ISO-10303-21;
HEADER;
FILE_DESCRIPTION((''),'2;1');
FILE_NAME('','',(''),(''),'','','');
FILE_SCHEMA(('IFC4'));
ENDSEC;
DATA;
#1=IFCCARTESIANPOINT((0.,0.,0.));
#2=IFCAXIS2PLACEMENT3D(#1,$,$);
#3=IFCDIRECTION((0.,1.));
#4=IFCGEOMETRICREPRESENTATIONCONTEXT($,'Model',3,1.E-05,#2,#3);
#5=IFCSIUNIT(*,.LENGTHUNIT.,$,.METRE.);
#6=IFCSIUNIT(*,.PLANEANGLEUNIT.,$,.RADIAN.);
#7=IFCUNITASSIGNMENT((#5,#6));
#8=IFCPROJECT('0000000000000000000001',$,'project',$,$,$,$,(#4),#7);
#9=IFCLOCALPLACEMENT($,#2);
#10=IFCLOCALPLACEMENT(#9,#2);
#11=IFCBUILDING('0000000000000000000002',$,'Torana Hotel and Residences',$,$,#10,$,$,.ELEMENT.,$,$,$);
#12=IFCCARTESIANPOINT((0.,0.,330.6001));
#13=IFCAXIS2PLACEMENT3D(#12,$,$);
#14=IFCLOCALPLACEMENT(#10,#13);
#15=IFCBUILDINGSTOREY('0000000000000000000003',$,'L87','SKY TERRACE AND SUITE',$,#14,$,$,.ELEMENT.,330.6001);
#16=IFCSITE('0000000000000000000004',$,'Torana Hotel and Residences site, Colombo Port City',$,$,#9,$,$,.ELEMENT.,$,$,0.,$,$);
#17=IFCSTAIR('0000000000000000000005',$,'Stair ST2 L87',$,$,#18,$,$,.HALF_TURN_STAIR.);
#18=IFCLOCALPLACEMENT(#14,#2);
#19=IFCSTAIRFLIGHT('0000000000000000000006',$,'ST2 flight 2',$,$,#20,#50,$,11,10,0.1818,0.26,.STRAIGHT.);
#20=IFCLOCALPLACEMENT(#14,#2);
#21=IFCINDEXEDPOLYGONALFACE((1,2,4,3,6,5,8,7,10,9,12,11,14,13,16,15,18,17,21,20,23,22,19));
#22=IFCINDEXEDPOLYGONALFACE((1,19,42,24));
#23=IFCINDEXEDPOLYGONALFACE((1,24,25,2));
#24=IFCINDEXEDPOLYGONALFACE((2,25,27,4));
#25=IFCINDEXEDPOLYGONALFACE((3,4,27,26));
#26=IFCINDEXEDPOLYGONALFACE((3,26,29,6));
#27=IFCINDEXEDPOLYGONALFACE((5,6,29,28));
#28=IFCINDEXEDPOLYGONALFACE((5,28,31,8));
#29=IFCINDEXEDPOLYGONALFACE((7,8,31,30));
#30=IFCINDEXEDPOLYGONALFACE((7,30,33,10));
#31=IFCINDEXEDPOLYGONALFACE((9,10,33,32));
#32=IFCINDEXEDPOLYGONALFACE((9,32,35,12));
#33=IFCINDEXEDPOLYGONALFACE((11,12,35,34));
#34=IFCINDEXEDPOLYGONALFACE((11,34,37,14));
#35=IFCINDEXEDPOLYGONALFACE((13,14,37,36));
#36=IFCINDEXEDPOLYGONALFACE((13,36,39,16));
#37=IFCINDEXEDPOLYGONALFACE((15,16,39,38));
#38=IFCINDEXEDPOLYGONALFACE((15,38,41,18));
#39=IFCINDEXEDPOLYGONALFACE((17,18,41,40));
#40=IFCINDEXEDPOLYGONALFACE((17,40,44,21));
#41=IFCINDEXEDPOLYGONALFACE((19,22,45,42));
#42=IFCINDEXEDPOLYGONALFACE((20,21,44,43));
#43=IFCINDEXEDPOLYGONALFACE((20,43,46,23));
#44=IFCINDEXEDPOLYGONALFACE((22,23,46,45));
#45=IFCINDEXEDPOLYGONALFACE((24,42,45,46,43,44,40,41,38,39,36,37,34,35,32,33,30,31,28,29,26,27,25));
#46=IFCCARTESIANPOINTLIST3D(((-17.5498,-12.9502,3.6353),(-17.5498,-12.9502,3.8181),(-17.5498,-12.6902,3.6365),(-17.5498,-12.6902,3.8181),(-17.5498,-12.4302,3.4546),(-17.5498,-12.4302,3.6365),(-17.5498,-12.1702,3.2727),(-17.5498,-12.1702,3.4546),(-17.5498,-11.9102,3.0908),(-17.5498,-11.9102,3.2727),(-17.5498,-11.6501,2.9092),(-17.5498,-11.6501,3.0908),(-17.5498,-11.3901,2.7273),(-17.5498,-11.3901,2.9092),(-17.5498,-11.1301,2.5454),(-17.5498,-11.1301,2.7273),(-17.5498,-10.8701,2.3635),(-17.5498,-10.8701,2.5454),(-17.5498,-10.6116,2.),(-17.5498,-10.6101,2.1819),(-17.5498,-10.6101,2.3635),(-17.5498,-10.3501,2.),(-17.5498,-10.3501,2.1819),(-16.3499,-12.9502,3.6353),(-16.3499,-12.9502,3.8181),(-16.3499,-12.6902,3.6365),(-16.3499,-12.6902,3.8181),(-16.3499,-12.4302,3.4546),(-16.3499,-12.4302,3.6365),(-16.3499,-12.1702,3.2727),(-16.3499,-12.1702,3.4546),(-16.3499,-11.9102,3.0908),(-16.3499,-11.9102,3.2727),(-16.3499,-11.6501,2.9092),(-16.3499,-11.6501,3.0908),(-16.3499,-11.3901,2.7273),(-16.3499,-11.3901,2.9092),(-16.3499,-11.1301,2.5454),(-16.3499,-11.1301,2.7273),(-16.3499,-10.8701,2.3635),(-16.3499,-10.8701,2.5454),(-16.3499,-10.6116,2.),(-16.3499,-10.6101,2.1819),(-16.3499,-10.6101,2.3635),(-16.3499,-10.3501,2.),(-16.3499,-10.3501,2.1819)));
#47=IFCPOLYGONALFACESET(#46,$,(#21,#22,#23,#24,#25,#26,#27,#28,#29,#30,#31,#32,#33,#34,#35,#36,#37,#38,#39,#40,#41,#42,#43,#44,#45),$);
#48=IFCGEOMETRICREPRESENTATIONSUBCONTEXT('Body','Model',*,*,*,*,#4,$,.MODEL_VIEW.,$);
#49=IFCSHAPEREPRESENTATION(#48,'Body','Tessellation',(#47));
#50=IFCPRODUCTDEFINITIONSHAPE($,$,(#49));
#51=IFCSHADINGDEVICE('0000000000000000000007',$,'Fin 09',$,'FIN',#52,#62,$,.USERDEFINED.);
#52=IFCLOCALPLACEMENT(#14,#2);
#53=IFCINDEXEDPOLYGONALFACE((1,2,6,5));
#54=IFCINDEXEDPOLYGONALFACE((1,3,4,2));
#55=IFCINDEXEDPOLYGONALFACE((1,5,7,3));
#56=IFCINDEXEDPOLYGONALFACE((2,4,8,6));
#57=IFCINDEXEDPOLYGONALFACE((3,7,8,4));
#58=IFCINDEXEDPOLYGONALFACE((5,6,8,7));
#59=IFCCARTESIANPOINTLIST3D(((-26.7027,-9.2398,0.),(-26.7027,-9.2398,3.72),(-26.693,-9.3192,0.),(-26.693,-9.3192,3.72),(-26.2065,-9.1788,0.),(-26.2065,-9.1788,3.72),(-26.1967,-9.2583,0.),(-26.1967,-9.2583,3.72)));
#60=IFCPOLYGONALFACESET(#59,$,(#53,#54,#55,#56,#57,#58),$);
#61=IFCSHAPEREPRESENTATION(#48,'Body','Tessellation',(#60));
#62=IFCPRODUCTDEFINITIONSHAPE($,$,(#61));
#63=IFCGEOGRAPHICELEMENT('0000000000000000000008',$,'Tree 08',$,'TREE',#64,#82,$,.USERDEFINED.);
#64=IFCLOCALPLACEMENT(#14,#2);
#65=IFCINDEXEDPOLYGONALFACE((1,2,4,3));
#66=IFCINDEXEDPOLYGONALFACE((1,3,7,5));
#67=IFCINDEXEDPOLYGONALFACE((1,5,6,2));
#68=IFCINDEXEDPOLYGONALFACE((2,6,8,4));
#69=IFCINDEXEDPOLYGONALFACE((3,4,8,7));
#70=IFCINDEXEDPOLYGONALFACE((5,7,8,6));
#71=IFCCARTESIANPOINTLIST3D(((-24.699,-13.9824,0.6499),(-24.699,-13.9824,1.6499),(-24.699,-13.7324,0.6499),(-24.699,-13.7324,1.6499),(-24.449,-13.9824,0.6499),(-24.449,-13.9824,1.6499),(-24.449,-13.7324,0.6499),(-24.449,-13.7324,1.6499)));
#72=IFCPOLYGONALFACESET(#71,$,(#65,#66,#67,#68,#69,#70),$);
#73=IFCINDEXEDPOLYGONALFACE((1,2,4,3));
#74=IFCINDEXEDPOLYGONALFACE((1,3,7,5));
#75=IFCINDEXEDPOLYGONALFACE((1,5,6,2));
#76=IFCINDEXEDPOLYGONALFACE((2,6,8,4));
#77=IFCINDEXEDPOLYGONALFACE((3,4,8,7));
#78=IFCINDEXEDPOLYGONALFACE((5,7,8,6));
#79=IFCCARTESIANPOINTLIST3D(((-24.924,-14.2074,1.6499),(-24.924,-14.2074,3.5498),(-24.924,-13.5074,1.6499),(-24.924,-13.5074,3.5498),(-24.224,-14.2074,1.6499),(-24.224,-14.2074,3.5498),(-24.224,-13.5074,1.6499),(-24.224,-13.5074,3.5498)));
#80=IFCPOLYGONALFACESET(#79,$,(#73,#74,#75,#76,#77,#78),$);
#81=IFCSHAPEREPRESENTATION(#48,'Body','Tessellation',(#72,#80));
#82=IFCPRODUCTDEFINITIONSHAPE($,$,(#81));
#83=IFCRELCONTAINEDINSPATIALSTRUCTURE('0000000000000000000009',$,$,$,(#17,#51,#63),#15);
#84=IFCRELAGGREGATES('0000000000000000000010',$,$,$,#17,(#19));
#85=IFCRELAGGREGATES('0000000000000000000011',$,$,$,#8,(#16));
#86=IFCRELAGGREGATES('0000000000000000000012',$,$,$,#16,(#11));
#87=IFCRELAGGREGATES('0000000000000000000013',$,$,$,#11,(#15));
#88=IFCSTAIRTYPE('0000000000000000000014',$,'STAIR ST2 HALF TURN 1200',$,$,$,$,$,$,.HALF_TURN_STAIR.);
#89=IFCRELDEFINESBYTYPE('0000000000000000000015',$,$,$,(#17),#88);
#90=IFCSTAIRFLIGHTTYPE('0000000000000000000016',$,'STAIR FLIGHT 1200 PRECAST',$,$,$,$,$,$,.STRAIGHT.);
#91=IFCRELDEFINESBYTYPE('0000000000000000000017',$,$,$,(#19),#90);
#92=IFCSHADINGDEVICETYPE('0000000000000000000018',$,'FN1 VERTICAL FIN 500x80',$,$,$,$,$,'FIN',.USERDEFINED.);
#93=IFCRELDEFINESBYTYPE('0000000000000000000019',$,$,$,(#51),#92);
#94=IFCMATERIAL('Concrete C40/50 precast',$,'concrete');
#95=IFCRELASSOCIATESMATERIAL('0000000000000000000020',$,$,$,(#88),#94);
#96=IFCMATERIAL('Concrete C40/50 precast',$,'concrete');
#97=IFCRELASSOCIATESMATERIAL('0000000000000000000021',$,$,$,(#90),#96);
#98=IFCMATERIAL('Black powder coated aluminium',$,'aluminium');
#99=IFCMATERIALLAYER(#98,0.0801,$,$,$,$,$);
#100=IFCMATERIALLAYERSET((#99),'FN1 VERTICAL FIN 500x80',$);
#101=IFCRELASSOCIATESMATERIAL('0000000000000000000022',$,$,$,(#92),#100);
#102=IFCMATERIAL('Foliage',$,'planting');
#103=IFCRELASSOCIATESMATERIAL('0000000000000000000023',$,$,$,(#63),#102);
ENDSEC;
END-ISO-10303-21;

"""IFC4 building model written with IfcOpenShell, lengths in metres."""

from ifc_helpers import new_model, si_unit, direction, frame, origin, origin_2d, place, context, subcontext, project, spatial, polyline, rectangle, outline, extrude, material, layer, layer_set, type_object, element, aggregate, save


model = new_model("IFC4")

# Units and contexts
model_context = context("Model", 3, precision=1e-05, world=origin(), true_north=direction((0.0, 1.0)))
body_context = subcontext(model_context, "Body", "Model", "MODEL_VIEW")
ifc_project = project(units=[si_unit("LENGTHUNIT", "METRE"), si_unit("PLANEANGLEUNIT", "RADIAN")], contexts=[model_context])

# Site, building, storey
site_placement = place(None, origin())
site = spatial("IfcSite", under=ifc_project, at=site_placement, Name="Torana Hotel and Residences site, Colombo Port City", CompositionType="ELEMENT", RefElevation=0.0)
building_placement = place(site_placement, origin())
building = spatial("IfcBuilding", under=site, at=building_placement, Name="Torana Hotel and Residences", CompositionType="ELEMENT")
storey_placement = place(building_placement, frame((0.0, 0.0, 330.6001)))
storey = spatial("IfcBuildingStorey", under=building, at=storey_placement, Name="L87", Description="SKY TERRACE AND SUITE", CompositionType="ELEMENT", Elevation=330.6001)

# Stair, stair flight
ifc_material_1 = material(Name="Concrete C40/50 precast", Category="concrete")
stair_type = type_object("IfcStairType", Name="STAIR ST2 HALF TURN 1200", PredefinedType="HALF_TURN_STAIR", material=ifc_material_1)
stair_placement = place(storey_placement, origin())
stair = element("IfcStair", 1, at=stair_placement, inside=storey, type_object=stair_type, Name="Stair ST2 L87", PredefinedType="HALF_TURN_STAIR")
ifc_material_2 = material(Name="Concrete C40/50 precast", Category="concrete")
stair_flight_type = type_object("IfcStairFlightType", Name="STAIR FLIGHT 1200 PRECAST", PredefinedType="STRAIGHT", material=ifc_material_2)
stair_flight_1_placement = place(storey_placement, frame((-16.95, -10.3501, 2.0), z_axis=(0.0, 0.0, 1.0), x_axis=(0.0, -1.0, 0.0)))
stair_flight_1 = element("IfcStairFlight", 2, at=stair_flight_1_placement, type_object=stair_flight_type, Name="ST2 flight 2", NumberOfRisers=11, NumberOfTreads=10, PredefinedType="STRAIGHT", RiserHeight=0.1818, TreadLength=0.26, context=body_context, shape_type="SweptSolid", body=[
    extrude(outline(polyline([(0.0, 0.0), (0.0, 0.1819), (0.26, 0.1819), (0.26, 0.3635), (0.52, 0.3635), (0.52, 0.5454), (0.78, 0.5454), (0.78, 0.7273), (1.04, 0.7273), (1.04, 0.9092), (1.3, 0.9092), (1.3, 1.0908), (1.5601, 1.0908), (1.5601, 1.2727), (1.8201, 1.2727), (1.8201, 1.4546), (2.0801, 1.4546), (2.0801, 1.6365), (2.3401, 1.6365), (2.3401, 1.8181), (2.6001, 1.8181), (2.6001, 2.0), (2.6001, 1.6353), (0.2615, 0.0), (0.0, 0.0)])), frame((0.0, 0.6001, 0.0), z_axis=(0.0, -1.0, 0.0), x_axis=(1.0, 0.0, 0.0)), (0.0, 0.0, 1.0), 1.2),
])
aggregate(stair, [stair_flight_1])

# Shading device
ifc_material_3 = material(Name="Black powder coated aluminium", Category="aluminium")
ifc_layer_1 = layer(ifc_material_3, 0.0801)
ifc_layer_set_1 = layer_set([ifc_layer_1], Name="FN1 VERTICAL FIN 500x80")
shading_device_type = type_object("IfcShadingDeviceType", Name="FN1 VERTICAL FIN 500x80", ElementType="FIN", PredefinedType="USERDEFINED", material=ifc_layer_set_1)
shading_device_placement = place(storey_placement, frame((-26.4497, -9.249, 0.0), z_axis=(0.0, 0.0, 1.0), x_axis=(-0.121871, 0.992546, 0.0)))
element("IfcShadingDevice", 3, at=shading_device_placement, inside=storey, type_object=shading_device_type, Name="Fin 09", ObjectType="FIN", PredefinedType="USERDEFINED", context=body_context, shape_type="SweptSolid", body=[
    extrude(rectangle(XDim=0.0801, YDim=0.5, at=origin_2d()), origin(), (0.0, 0.0, 1.0), 3.72),
])

# Geographic element
ifc_material_4 = material(Name="Foliage", Category="planting")
geographic_element_placement = place(storey_placement, frame((-24.574, -13.8574, 0.6499), z_axis=(0.0, 0.0, 1.0), x_axis=(1.0, 0.0, 0.0)))
element("IfcGeographicElement", 4, at=geographic_element_placement, inside=storey, material=ifc_material_4, Name="Tree 08", ObjectType="TREE", PredefinedType="USERDEFINED", context=body_context, shape_type="SweptSolid", body=[
    extrude(rectangle(XDim=0.25, YDim=0.25, at=origin_2d()), origin(), (0.0, 0.0, 1.0), 1.0),
    extrude(rectangle(XDim=0.7, YDim=0.7, at=origin_2d()), frame((0.0, 0.0, 1.0)), (0.0, 0.0, 1.0), 1.8999),
])

save(model, "model.ifc")
